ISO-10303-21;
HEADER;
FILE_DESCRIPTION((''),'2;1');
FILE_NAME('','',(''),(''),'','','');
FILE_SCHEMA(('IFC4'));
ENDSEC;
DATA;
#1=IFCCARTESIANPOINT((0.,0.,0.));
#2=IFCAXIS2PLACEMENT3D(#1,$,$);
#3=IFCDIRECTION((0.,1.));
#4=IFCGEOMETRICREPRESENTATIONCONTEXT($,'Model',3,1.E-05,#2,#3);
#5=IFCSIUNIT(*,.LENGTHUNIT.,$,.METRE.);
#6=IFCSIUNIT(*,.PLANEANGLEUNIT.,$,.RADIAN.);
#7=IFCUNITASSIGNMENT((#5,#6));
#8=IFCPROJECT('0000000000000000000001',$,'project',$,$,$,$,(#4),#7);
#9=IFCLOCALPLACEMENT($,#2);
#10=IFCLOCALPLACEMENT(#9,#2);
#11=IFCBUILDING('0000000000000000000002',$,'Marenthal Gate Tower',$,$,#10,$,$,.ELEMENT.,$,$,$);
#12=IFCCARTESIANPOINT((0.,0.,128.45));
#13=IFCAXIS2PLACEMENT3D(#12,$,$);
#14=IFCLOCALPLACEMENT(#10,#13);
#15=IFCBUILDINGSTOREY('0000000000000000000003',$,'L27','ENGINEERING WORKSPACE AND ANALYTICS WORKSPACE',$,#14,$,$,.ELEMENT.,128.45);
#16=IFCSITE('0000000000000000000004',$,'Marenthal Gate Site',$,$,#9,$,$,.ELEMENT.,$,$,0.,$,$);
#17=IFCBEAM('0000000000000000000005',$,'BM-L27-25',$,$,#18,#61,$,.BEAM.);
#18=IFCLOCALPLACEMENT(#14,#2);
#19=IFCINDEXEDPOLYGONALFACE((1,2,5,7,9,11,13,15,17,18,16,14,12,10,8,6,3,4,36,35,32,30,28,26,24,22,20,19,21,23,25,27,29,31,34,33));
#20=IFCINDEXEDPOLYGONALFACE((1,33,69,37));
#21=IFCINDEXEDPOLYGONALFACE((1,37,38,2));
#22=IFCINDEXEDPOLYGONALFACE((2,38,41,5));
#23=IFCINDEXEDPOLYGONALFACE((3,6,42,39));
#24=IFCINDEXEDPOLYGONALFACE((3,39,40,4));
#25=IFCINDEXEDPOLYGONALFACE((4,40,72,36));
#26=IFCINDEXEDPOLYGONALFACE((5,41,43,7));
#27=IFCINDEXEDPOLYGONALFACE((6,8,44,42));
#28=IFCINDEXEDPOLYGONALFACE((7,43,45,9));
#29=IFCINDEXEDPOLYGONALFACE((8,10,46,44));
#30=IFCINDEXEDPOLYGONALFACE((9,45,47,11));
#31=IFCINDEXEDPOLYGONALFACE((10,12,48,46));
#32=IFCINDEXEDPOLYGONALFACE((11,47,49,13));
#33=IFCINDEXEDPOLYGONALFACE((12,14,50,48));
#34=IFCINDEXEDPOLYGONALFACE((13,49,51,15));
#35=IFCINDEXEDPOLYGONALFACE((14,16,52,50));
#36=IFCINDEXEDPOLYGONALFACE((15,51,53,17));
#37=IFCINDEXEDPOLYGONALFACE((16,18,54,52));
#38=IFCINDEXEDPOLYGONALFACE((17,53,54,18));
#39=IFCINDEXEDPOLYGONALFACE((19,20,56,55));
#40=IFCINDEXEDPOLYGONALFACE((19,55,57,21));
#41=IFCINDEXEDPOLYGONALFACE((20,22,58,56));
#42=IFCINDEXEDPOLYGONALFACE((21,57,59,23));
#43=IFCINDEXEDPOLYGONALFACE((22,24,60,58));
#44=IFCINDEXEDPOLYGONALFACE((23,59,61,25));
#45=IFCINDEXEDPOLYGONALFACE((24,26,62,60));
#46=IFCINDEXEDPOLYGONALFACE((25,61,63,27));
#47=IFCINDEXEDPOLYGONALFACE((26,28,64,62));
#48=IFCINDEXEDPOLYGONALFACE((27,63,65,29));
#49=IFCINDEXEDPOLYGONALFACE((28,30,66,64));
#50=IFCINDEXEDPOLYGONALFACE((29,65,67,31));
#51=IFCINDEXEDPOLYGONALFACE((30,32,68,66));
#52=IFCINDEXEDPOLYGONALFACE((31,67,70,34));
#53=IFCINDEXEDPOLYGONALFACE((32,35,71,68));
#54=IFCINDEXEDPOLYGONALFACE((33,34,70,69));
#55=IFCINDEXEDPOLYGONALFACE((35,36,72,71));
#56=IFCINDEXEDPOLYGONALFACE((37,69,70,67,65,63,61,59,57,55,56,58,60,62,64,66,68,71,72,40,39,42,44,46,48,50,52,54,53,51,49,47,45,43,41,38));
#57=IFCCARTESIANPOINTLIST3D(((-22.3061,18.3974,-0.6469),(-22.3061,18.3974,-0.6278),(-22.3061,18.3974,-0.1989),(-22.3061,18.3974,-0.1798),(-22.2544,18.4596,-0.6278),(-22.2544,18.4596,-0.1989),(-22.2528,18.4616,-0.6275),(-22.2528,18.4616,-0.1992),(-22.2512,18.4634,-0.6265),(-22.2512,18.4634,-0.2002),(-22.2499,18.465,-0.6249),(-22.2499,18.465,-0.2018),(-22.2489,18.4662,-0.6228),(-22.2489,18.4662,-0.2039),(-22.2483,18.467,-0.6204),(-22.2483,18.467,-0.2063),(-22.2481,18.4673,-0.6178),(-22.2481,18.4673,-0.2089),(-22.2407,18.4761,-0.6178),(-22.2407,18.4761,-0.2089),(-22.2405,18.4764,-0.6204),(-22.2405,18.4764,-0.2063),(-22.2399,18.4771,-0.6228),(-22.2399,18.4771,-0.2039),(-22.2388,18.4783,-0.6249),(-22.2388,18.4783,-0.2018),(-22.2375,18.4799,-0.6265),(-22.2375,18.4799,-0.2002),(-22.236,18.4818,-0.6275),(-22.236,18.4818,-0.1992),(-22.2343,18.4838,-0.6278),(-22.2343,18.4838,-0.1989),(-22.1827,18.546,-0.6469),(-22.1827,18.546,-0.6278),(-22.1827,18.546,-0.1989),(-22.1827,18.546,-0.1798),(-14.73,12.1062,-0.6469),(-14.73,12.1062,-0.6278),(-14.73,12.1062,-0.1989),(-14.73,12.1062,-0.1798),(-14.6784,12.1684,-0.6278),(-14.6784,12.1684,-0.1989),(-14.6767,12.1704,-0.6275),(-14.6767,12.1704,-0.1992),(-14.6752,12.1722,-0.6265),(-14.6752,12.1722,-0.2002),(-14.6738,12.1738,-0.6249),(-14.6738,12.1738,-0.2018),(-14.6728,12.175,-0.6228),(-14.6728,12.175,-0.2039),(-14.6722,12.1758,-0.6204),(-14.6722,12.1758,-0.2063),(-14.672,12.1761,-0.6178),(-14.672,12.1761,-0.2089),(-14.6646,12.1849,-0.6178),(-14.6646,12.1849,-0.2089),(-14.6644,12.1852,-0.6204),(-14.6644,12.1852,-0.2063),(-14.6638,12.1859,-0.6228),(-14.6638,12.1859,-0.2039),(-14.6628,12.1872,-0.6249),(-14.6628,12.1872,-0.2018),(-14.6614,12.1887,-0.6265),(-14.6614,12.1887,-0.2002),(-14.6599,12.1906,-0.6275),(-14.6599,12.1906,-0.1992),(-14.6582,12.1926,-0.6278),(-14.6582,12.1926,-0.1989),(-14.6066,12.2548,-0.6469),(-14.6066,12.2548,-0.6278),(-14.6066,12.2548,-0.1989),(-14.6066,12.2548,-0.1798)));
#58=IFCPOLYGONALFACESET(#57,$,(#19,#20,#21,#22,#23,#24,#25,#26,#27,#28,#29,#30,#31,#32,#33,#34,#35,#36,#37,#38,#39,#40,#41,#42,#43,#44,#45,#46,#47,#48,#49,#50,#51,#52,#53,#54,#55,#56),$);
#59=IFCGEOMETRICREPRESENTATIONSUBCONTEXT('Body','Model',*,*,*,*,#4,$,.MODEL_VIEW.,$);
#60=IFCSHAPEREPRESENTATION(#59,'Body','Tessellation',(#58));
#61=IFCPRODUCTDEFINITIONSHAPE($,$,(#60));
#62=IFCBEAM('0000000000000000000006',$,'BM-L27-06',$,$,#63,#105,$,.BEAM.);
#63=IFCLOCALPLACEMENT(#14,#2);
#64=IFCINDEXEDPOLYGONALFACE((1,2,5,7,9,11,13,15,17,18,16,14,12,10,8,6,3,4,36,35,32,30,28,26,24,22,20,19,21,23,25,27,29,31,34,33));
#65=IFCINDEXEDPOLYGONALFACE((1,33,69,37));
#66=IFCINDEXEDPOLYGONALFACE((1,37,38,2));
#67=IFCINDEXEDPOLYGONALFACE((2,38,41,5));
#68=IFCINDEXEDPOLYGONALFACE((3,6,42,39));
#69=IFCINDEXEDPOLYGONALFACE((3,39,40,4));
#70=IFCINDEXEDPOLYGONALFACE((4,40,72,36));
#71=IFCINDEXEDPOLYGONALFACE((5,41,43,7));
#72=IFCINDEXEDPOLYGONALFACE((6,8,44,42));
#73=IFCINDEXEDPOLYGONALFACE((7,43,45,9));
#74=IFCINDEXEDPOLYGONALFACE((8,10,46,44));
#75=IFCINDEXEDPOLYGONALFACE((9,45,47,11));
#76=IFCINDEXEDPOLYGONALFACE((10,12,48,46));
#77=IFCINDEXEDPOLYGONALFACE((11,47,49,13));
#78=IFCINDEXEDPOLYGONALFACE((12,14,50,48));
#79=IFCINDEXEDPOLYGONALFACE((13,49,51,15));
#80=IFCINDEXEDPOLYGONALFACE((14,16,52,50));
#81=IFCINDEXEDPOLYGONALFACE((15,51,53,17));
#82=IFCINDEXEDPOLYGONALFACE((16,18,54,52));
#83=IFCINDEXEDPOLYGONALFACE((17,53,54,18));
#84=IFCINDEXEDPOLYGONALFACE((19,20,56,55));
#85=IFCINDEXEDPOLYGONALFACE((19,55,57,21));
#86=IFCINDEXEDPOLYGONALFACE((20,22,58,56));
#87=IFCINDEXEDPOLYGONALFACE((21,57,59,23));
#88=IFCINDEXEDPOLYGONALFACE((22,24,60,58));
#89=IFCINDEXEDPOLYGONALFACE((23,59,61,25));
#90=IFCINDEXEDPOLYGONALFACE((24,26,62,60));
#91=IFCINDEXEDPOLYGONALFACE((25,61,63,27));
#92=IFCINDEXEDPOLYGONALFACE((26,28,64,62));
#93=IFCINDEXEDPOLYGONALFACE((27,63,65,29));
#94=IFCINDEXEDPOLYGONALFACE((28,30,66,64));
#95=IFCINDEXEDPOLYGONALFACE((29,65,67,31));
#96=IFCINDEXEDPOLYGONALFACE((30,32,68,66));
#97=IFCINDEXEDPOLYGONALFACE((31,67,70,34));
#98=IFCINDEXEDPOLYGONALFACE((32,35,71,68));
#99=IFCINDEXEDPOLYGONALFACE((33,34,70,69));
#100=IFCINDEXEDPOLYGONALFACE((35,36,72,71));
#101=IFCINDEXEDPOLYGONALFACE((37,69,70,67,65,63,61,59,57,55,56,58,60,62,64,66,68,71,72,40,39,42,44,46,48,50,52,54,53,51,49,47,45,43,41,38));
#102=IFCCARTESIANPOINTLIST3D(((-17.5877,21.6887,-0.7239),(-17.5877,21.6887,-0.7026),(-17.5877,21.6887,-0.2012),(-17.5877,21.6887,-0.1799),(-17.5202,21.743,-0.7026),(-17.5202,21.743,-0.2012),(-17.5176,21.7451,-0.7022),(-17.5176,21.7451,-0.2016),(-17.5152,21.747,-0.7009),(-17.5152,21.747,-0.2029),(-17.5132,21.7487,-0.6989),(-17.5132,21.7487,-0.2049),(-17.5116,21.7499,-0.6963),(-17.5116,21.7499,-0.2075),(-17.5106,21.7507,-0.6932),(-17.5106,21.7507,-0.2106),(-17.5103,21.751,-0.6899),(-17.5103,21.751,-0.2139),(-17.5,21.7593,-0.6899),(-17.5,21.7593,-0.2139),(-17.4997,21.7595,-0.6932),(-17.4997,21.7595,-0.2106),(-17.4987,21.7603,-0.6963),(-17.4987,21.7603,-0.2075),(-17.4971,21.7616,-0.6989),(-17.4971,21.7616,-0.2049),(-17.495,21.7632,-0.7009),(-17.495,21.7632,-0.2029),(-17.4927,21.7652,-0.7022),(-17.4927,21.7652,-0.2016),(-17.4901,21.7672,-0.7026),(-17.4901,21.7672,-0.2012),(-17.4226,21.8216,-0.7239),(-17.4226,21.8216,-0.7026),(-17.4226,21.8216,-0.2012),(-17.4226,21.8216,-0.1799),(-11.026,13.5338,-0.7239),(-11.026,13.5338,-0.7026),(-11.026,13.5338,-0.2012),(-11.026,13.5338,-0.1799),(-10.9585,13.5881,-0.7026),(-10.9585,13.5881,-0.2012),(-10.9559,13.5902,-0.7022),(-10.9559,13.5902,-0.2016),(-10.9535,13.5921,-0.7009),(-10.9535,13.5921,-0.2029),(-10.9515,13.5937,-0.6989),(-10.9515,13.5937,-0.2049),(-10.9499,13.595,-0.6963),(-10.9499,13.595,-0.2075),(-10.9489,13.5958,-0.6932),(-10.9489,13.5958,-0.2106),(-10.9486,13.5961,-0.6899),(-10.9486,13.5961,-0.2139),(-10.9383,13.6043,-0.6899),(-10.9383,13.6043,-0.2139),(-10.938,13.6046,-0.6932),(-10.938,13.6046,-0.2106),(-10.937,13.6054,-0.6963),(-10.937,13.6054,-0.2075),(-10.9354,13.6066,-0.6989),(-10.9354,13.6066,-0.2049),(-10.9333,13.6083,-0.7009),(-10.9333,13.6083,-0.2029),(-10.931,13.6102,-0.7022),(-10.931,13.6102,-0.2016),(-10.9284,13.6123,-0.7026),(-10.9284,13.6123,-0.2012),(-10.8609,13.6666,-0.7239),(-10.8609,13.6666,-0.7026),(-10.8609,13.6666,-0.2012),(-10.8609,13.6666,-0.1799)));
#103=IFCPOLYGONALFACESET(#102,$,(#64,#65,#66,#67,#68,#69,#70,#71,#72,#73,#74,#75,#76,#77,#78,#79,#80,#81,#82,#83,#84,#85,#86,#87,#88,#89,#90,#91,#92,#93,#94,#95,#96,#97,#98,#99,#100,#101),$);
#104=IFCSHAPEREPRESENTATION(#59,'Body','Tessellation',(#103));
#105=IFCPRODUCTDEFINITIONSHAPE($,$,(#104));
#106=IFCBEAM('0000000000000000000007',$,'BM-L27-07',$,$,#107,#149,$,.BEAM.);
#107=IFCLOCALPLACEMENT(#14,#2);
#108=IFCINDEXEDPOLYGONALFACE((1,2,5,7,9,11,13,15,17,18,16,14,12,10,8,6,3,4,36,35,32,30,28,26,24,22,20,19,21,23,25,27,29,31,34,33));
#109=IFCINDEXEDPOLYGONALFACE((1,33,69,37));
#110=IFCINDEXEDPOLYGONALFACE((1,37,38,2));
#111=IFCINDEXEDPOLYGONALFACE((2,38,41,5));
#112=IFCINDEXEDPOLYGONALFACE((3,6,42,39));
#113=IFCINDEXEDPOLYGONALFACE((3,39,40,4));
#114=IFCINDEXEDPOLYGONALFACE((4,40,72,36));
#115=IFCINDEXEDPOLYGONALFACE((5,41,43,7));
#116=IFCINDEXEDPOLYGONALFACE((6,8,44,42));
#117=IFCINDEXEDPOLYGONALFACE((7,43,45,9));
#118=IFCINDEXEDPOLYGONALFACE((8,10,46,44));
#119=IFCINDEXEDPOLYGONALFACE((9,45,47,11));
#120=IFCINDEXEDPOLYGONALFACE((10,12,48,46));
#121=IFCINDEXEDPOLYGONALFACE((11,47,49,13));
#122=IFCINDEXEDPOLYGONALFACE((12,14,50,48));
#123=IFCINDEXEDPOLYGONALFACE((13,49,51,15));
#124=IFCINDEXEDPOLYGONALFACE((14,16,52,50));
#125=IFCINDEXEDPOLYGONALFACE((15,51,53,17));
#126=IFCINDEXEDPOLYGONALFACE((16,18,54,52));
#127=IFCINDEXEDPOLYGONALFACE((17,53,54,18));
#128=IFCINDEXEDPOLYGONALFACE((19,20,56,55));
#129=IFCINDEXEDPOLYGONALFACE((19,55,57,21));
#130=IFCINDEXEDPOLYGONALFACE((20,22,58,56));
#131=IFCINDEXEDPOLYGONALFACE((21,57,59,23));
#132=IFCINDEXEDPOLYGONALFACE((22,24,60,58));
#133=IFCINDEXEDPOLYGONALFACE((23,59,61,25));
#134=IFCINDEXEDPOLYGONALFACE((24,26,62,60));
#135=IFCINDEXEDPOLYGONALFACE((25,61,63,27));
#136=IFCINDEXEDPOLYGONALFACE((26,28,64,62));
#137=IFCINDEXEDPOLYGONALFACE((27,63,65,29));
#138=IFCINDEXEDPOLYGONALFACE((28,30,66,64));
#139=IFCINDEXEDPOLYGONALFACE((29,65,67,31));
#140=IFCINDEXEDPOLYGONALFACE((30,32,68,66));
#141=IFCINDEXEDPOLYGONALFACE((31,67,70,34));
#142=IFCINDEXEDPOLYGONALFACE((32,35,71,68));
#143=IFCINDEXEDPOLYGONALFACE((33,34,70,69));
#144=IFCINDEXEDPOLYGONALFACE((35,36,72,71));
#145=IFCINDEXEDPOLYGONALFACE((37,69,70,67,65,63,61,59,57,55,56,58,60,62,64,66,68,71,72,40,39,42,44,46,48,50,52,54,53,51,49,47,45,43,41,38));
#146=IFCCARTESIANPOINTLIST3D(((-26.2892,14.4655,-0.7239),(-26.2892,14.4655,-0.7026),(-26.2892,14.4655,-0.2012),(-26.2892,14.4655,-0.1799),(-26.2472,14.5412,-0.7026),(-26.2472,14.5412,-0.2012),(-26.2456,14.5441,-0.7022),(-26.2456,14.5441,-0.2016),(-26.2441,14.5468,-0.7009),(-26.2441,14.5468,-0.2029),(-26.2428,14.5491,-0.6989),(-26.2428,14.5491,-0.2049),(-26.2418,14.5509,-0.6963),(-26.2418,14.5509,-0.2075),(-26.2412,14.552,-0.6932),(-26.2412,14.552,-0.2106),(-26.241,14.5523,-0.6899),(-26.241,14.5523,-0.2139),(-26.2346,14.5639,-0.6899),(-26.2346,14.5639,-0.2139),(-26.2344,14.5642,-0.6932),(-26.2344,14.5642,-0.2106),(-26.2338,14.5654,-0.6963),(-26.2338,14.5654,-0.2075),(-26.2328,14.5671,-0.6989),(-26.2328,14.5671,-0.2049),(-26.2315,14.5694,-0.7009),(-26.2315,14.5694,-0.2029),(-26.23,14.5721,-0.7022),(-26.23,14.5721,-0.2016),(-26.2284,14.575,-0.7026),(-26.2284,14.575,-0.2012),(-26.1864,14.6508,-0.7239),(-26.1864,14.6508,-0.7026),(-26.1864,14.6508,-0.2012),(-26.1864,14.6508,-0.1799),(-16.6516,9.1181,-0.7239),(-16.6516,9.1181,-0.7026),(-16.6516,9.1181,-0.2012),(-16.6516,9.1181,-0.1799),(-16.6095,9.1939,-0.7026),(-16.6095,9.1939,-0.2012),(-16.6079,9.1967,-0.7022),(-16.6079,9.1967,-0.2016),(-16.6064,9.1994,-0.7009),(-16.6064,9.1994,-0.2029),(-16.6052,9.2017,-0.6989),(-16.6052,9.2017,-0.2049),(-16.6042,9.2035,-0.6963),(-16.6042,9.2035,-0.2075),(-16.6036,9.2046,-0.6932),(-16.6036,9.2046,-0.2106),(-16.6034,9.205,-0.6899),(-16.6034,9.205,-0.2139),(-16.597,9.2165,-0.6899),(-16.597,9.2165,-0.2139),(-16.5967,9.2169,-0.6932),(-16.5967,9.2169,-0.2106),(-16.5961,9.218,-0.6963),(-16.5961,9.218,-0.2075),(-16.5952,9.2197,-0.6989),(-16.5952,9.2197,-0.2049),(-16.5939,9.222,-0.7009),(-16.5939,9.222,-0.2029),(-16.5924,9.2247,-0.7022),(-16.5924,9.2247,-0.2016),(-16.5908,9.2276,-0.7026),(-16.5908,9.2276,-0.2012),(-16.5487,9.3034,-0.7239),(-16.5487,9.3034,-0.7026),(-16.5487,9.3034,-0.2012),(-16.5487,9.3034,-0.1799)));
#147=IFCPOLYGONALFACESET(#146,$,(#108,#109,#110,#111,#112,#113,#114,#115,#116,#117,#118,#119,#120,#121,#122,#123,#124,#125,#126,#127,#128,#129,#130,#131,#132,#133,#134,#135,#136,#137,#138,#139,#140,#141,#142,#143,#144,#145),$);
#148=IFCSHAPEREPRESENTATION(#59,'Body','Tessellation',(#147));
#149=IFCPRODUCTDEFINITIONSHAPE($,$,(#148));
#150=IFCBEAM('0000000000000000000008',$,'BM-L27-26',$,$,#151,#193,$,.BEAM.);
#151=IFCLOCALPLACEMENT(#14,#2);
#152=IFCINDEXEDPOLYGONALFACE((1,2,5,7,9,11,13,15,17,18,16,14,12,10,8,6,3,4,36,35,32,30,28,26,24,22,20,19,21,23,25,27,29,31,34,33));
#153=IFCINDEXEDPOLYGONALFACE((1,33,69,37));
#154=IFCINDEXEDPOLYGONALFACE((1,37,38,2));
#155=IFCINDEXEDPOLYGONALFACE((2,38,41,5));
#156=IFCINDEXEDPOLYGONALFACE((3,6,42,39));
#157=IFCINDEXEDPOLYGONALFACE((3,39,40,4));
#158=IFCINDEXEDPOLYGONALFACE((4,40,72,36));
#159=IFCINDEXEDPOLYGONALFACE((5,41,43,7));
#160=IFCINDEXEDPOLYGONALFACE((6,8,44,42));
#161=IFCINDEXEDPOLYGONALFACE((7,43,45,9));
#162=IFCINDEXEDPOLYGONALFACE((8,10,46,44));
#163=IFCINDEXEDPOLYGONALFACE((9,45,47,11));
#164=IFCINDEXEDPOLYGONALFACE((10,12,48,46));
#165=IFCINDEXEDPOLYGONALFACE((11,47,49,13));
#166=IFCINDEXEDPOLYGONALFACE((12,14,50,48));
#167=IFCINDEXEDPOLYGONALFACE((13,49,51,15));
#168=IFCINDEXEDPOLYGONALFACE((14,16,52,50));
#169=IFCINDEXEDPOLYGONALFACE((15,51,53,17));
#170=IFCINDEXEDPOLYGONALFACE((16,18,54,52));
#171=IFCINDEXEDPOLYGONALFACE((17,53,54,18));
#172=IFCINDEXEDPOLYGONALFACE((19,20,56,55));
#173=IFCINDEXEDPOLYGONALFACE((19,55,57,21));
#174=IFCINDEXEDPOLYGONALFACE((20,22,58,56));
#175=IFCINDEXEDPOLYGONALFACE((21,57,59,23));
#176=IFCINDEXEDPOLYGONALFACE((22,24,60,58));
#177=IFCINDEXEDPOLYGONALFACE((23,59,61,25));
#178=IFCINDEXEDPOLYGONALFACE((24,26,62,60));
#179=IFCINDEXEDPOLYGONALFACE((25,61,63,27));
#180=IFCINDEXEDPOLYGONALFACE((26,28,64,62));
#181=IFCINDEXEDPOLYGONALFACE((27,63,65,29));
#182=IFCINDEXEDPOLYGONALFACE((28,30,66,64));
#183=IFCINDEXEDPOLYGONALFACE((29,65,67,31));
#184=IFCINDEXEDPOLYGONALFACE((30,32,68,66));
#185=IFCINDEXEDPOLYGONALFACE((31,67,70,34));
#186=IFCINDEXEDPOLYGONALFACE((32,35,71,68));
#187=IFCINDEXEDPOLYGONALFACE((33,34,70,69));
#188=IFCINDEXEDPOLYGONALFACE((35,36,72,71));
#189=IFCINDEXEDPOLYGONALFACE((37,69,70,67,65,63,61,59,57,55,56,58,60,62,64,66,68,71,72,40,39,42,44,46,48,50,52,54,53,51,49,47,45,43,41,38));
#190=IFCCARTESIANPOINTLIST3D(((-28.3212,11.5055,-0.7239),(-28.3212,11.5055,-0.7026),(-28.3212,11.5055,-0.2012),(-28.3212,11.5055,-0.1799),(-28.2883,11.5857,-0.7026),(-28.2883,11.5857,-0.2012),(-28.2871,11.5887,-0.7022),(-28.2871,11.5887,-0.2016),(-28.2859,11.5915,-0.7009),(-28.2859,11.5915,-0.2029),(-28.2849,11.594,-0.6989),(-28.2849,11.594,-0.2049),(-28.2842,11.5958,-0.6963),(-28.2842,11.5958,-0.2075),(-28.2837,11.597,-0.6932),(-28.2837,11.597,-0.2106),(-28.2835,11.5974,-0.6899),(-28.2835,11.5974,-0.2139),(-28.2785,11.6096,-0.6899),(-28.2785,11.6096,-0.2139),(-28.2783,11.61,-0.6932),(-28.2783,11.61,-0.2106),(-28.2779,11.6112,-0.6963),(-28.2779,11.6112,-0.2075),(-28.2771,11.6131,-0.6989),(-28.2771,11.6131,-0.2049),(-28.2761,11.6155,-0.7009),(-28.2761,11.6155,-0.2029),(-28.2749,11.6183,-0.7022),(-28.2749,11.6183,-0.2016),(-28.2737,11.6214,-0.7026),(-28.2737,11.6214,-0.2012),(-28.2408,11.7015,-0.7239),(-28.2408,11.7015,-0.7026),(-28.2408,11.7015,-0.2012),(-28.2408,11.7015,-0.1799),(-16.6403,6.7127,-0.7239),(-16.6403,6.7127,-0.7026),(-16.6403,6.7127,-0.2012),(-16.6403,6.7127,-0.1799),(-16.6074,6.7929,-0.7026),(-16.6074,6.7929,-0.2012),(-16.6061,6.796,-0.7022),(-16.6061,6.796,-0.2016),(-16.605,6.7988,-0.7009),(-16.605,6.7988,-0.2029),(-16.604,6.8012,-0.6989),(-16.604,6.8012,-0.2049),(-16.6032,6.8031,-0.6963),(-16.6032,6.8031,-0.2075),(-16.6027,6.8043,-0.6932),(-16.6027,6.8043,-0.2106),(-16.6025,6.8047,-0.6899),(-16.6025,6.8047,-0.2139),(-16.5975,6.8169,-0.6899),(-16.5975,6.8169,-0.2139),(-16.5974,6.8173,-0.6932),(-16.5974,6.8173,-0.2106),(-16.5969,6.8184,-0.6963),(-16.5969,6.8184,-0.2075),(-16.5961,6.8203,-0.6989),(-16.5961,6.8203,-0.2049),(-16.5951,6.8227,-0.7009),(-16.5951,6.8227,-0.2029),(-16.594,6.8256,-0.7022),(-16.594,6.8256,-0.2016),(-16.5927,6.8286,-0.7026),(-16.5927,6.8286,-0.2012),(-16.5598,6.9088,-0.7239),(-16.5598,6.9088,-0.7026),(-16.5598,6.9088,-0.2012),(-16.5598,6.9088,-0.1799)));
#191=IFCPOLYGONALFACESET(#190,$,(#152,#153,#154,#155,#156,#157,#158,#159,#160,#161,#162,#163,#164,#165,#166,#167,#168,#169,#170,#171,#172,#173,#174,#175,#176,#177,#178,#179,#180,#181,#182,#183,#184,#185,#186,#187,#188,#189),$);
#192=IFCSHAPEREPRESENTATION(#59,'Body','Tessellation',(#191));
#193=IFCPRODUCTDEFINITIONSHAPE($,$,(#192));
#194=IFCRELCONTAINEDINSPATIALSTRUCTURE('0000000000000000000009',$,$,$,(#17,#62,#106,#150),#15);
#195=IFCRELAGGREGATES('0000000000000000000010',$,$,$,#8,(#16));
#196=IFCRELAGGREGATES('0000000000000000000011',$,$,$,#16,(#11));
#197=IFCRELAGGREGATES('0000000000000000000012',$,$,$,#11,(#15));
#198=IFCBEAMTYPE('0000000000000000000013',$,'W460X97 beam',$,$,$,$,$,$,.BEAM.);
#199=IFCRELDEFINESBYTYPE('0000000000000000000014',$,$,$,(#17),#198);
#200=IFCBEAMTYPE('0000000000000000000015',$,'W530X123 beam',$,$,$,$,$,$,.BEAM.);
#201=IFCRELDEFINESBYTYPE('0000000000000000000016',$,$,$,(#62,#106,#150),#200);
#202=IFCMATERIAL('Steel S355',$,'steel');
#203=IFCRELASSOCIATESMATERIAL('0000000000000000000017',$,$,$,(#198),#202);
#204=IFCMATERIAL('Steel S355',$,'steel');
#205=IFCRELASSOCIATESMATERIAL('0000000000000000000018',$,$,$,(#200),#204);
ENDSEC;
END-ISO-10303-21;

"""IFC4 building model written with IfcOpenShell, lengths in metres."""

from ifc_helpers import new_model, si_unit, direction, frame, origin, origin_2d, place, context, subcontext, project, spatial, i_section, extrude, material, material_profile, profile_set, type_object, element, save


model = new_model("IFC4")

# Units and contexts
model_context = context("Model", 3, precision=1e-05, world=origin(), true_north=direction((0.0, 1.0)))
body_context = subcontext(model_context, "Body", "Model", "MODEL_VIEW")
ifc_project = project(units=[si_unit("LENGTHUNIT", "METRE"), si_unit("PLANEANGLEUNIT", "RADIAN")], contexts=[model_context])

# Site, building, storey
site_placement = place(None, origin())
site = spatial("IfcSite", under=ifc_project, at=site_placement, Name="Marenthal Gate Site", CompositionType="ELEMENT", RefElevation=0.0)
building_placement = place(site_placement, origin())
building = spatial("IfcBuilding", under=site, at=building_placement, Name="Marenthal Gate Tower", CompositionType="ELEMENT")
storey_placement = place(building_placement, frame((0.0, 0.0, 128.45)))
storey = spatial("IfcBuildingStorey", under=building, at=storey_placement, Name="L27", Description="ENGINEERING WORKSPACE AND ANALYTICS WORKSPACE", CompositionType="ELEMENT", Elevation=128.45)

# Beams
ifc_material_1 = material(Name="Steel S355", Category="steel")
ifc_material_profile_1 = material_profile(ifc_material_1, i_section(OverallWidth=0.1931, OverallDepth=0.467, WebThickness=0.0115, FlangeThickness=0.019, FilletRadius=0.01, at=origin_2d()), Name="W460X97")
ifc_profile_set_1 = profile_set([ifc_material_profile_1], Name="Steel S355")
beam_type_1 = type_object("IfcBeamType", Name="W460X97 beam", PredefinedType="BEAM", material=ifc_profile_set_1)
beam_1_placement = place(storey_placement, frame((-22.2444, 18.4717, -0.4133), z_axis=(0.76933, -0.638852, 0.0), x_axis=(0.638852, 0.76933, 0.0)))
element("IfcBeam", 1, at=beam_1_placement, inside=storey, type_object=beam_type_1, Name="BM-L27-25", PredefinedType="BEAM", context=body_context, shape_type="SweptSolid", body=[
    extrude(i_section(OverallWidth=0.1931, OverallDepth=0.467, WebThickness=0.0115, FlangeThickness=0.019, FilletRadius=0.01, at=origin_2d()), origin(), (0.0, 0.0, 1.0), 9.8477),
])
ifc_material_2 = material(Name="Steel S355", Category="steel")
ifc_material_profile_2 = material_profile(ifc_material_2, i_section(OverallWidth=0.2119, OverallDepth=0.5439, WebThickness=0.0132, FlangeThickness=0.0212, FilletRadius=0.0127, at=origin_2d()), Name="W530X123")
ifc_profile_set_2 = profile_set([ifc_material_profile_2], Name="Steel S355")
beam_type_2 = type_object("IfcBeamType", Name="W530X123 beam", PredefinedType="BEAM", material=ifc_profile_set_2)
beam_2_placement = place(storey_placement, frame((-17.5051, 21.7551, -0.4519), z_axis=(0.626891, -0.779107, 0.0), x_axis=(0.779107, 0.626891, 0.0)))
element("IfcBeam", 2, at=beam_2_placement, inside=storey, type_object=beam_type_2, Name="BM-L27-06", PredefinedType="BEAM", context=body_context, shape_type="SweptSolid", body=[
    extrude(i_section(OverallWidth=0.2119, OverallDepth=0.5439, WebThickness=0.0132, FlangeThickness=0.0212, FilletRadius=0.0127, at=origin_2d()), origin(), (0.0, 0.0, 1.0), 10.467),
])
beam_3_placement = place(storey_placement, frame((-26.2378, 14.5581, -0.4519), z_axis=(0.874421, -0.485167, 0.0), x_axis=(0.485167, 0.874421, 0.0)))
element("IfcBeam", 3, at=beam_3_placement, inside=storey, type_object=beam_type_2, Name="BM-L27-07", PredefinedType="BEAM", context=body_context, shape_type="SweptSolid", body=[
    extrude(i_section(OverallWidth=0.2119, OverallDepth=0.5439, WebThickness=0.0132, FlangeThickness=0.0212, FilletRadius=0.0127, at=origin_2d()), origin(), (0.0, 0.0, 1.0), 11.0217),
])
beam_4_placement = place(storey_placement, frame((-28.281, 11.6035, -0.4519), z_axis=(0.925153, -0.379594, 0.0), x_axis=(0.379594, 0.925153, 0.0)))
element("IfcBeam", 4, at=beam_4_placement, inside=storey, type_object=beam_type_2, Name="BM-L27-26", PredefinedType="BEAM", context=body_context, shape_type="SweptSolid", body=[
    extrude(i_section(OverallWidth=0.2119, OverallDepth=0.5439, WebThickness=0.0132, FlangeThickness=0.0212, FilletRadius=0.0127, at=origin_2d()), origin(), (0.0, 0.0, 1.0), 12.626),
])

save(model, "model.ifc")
